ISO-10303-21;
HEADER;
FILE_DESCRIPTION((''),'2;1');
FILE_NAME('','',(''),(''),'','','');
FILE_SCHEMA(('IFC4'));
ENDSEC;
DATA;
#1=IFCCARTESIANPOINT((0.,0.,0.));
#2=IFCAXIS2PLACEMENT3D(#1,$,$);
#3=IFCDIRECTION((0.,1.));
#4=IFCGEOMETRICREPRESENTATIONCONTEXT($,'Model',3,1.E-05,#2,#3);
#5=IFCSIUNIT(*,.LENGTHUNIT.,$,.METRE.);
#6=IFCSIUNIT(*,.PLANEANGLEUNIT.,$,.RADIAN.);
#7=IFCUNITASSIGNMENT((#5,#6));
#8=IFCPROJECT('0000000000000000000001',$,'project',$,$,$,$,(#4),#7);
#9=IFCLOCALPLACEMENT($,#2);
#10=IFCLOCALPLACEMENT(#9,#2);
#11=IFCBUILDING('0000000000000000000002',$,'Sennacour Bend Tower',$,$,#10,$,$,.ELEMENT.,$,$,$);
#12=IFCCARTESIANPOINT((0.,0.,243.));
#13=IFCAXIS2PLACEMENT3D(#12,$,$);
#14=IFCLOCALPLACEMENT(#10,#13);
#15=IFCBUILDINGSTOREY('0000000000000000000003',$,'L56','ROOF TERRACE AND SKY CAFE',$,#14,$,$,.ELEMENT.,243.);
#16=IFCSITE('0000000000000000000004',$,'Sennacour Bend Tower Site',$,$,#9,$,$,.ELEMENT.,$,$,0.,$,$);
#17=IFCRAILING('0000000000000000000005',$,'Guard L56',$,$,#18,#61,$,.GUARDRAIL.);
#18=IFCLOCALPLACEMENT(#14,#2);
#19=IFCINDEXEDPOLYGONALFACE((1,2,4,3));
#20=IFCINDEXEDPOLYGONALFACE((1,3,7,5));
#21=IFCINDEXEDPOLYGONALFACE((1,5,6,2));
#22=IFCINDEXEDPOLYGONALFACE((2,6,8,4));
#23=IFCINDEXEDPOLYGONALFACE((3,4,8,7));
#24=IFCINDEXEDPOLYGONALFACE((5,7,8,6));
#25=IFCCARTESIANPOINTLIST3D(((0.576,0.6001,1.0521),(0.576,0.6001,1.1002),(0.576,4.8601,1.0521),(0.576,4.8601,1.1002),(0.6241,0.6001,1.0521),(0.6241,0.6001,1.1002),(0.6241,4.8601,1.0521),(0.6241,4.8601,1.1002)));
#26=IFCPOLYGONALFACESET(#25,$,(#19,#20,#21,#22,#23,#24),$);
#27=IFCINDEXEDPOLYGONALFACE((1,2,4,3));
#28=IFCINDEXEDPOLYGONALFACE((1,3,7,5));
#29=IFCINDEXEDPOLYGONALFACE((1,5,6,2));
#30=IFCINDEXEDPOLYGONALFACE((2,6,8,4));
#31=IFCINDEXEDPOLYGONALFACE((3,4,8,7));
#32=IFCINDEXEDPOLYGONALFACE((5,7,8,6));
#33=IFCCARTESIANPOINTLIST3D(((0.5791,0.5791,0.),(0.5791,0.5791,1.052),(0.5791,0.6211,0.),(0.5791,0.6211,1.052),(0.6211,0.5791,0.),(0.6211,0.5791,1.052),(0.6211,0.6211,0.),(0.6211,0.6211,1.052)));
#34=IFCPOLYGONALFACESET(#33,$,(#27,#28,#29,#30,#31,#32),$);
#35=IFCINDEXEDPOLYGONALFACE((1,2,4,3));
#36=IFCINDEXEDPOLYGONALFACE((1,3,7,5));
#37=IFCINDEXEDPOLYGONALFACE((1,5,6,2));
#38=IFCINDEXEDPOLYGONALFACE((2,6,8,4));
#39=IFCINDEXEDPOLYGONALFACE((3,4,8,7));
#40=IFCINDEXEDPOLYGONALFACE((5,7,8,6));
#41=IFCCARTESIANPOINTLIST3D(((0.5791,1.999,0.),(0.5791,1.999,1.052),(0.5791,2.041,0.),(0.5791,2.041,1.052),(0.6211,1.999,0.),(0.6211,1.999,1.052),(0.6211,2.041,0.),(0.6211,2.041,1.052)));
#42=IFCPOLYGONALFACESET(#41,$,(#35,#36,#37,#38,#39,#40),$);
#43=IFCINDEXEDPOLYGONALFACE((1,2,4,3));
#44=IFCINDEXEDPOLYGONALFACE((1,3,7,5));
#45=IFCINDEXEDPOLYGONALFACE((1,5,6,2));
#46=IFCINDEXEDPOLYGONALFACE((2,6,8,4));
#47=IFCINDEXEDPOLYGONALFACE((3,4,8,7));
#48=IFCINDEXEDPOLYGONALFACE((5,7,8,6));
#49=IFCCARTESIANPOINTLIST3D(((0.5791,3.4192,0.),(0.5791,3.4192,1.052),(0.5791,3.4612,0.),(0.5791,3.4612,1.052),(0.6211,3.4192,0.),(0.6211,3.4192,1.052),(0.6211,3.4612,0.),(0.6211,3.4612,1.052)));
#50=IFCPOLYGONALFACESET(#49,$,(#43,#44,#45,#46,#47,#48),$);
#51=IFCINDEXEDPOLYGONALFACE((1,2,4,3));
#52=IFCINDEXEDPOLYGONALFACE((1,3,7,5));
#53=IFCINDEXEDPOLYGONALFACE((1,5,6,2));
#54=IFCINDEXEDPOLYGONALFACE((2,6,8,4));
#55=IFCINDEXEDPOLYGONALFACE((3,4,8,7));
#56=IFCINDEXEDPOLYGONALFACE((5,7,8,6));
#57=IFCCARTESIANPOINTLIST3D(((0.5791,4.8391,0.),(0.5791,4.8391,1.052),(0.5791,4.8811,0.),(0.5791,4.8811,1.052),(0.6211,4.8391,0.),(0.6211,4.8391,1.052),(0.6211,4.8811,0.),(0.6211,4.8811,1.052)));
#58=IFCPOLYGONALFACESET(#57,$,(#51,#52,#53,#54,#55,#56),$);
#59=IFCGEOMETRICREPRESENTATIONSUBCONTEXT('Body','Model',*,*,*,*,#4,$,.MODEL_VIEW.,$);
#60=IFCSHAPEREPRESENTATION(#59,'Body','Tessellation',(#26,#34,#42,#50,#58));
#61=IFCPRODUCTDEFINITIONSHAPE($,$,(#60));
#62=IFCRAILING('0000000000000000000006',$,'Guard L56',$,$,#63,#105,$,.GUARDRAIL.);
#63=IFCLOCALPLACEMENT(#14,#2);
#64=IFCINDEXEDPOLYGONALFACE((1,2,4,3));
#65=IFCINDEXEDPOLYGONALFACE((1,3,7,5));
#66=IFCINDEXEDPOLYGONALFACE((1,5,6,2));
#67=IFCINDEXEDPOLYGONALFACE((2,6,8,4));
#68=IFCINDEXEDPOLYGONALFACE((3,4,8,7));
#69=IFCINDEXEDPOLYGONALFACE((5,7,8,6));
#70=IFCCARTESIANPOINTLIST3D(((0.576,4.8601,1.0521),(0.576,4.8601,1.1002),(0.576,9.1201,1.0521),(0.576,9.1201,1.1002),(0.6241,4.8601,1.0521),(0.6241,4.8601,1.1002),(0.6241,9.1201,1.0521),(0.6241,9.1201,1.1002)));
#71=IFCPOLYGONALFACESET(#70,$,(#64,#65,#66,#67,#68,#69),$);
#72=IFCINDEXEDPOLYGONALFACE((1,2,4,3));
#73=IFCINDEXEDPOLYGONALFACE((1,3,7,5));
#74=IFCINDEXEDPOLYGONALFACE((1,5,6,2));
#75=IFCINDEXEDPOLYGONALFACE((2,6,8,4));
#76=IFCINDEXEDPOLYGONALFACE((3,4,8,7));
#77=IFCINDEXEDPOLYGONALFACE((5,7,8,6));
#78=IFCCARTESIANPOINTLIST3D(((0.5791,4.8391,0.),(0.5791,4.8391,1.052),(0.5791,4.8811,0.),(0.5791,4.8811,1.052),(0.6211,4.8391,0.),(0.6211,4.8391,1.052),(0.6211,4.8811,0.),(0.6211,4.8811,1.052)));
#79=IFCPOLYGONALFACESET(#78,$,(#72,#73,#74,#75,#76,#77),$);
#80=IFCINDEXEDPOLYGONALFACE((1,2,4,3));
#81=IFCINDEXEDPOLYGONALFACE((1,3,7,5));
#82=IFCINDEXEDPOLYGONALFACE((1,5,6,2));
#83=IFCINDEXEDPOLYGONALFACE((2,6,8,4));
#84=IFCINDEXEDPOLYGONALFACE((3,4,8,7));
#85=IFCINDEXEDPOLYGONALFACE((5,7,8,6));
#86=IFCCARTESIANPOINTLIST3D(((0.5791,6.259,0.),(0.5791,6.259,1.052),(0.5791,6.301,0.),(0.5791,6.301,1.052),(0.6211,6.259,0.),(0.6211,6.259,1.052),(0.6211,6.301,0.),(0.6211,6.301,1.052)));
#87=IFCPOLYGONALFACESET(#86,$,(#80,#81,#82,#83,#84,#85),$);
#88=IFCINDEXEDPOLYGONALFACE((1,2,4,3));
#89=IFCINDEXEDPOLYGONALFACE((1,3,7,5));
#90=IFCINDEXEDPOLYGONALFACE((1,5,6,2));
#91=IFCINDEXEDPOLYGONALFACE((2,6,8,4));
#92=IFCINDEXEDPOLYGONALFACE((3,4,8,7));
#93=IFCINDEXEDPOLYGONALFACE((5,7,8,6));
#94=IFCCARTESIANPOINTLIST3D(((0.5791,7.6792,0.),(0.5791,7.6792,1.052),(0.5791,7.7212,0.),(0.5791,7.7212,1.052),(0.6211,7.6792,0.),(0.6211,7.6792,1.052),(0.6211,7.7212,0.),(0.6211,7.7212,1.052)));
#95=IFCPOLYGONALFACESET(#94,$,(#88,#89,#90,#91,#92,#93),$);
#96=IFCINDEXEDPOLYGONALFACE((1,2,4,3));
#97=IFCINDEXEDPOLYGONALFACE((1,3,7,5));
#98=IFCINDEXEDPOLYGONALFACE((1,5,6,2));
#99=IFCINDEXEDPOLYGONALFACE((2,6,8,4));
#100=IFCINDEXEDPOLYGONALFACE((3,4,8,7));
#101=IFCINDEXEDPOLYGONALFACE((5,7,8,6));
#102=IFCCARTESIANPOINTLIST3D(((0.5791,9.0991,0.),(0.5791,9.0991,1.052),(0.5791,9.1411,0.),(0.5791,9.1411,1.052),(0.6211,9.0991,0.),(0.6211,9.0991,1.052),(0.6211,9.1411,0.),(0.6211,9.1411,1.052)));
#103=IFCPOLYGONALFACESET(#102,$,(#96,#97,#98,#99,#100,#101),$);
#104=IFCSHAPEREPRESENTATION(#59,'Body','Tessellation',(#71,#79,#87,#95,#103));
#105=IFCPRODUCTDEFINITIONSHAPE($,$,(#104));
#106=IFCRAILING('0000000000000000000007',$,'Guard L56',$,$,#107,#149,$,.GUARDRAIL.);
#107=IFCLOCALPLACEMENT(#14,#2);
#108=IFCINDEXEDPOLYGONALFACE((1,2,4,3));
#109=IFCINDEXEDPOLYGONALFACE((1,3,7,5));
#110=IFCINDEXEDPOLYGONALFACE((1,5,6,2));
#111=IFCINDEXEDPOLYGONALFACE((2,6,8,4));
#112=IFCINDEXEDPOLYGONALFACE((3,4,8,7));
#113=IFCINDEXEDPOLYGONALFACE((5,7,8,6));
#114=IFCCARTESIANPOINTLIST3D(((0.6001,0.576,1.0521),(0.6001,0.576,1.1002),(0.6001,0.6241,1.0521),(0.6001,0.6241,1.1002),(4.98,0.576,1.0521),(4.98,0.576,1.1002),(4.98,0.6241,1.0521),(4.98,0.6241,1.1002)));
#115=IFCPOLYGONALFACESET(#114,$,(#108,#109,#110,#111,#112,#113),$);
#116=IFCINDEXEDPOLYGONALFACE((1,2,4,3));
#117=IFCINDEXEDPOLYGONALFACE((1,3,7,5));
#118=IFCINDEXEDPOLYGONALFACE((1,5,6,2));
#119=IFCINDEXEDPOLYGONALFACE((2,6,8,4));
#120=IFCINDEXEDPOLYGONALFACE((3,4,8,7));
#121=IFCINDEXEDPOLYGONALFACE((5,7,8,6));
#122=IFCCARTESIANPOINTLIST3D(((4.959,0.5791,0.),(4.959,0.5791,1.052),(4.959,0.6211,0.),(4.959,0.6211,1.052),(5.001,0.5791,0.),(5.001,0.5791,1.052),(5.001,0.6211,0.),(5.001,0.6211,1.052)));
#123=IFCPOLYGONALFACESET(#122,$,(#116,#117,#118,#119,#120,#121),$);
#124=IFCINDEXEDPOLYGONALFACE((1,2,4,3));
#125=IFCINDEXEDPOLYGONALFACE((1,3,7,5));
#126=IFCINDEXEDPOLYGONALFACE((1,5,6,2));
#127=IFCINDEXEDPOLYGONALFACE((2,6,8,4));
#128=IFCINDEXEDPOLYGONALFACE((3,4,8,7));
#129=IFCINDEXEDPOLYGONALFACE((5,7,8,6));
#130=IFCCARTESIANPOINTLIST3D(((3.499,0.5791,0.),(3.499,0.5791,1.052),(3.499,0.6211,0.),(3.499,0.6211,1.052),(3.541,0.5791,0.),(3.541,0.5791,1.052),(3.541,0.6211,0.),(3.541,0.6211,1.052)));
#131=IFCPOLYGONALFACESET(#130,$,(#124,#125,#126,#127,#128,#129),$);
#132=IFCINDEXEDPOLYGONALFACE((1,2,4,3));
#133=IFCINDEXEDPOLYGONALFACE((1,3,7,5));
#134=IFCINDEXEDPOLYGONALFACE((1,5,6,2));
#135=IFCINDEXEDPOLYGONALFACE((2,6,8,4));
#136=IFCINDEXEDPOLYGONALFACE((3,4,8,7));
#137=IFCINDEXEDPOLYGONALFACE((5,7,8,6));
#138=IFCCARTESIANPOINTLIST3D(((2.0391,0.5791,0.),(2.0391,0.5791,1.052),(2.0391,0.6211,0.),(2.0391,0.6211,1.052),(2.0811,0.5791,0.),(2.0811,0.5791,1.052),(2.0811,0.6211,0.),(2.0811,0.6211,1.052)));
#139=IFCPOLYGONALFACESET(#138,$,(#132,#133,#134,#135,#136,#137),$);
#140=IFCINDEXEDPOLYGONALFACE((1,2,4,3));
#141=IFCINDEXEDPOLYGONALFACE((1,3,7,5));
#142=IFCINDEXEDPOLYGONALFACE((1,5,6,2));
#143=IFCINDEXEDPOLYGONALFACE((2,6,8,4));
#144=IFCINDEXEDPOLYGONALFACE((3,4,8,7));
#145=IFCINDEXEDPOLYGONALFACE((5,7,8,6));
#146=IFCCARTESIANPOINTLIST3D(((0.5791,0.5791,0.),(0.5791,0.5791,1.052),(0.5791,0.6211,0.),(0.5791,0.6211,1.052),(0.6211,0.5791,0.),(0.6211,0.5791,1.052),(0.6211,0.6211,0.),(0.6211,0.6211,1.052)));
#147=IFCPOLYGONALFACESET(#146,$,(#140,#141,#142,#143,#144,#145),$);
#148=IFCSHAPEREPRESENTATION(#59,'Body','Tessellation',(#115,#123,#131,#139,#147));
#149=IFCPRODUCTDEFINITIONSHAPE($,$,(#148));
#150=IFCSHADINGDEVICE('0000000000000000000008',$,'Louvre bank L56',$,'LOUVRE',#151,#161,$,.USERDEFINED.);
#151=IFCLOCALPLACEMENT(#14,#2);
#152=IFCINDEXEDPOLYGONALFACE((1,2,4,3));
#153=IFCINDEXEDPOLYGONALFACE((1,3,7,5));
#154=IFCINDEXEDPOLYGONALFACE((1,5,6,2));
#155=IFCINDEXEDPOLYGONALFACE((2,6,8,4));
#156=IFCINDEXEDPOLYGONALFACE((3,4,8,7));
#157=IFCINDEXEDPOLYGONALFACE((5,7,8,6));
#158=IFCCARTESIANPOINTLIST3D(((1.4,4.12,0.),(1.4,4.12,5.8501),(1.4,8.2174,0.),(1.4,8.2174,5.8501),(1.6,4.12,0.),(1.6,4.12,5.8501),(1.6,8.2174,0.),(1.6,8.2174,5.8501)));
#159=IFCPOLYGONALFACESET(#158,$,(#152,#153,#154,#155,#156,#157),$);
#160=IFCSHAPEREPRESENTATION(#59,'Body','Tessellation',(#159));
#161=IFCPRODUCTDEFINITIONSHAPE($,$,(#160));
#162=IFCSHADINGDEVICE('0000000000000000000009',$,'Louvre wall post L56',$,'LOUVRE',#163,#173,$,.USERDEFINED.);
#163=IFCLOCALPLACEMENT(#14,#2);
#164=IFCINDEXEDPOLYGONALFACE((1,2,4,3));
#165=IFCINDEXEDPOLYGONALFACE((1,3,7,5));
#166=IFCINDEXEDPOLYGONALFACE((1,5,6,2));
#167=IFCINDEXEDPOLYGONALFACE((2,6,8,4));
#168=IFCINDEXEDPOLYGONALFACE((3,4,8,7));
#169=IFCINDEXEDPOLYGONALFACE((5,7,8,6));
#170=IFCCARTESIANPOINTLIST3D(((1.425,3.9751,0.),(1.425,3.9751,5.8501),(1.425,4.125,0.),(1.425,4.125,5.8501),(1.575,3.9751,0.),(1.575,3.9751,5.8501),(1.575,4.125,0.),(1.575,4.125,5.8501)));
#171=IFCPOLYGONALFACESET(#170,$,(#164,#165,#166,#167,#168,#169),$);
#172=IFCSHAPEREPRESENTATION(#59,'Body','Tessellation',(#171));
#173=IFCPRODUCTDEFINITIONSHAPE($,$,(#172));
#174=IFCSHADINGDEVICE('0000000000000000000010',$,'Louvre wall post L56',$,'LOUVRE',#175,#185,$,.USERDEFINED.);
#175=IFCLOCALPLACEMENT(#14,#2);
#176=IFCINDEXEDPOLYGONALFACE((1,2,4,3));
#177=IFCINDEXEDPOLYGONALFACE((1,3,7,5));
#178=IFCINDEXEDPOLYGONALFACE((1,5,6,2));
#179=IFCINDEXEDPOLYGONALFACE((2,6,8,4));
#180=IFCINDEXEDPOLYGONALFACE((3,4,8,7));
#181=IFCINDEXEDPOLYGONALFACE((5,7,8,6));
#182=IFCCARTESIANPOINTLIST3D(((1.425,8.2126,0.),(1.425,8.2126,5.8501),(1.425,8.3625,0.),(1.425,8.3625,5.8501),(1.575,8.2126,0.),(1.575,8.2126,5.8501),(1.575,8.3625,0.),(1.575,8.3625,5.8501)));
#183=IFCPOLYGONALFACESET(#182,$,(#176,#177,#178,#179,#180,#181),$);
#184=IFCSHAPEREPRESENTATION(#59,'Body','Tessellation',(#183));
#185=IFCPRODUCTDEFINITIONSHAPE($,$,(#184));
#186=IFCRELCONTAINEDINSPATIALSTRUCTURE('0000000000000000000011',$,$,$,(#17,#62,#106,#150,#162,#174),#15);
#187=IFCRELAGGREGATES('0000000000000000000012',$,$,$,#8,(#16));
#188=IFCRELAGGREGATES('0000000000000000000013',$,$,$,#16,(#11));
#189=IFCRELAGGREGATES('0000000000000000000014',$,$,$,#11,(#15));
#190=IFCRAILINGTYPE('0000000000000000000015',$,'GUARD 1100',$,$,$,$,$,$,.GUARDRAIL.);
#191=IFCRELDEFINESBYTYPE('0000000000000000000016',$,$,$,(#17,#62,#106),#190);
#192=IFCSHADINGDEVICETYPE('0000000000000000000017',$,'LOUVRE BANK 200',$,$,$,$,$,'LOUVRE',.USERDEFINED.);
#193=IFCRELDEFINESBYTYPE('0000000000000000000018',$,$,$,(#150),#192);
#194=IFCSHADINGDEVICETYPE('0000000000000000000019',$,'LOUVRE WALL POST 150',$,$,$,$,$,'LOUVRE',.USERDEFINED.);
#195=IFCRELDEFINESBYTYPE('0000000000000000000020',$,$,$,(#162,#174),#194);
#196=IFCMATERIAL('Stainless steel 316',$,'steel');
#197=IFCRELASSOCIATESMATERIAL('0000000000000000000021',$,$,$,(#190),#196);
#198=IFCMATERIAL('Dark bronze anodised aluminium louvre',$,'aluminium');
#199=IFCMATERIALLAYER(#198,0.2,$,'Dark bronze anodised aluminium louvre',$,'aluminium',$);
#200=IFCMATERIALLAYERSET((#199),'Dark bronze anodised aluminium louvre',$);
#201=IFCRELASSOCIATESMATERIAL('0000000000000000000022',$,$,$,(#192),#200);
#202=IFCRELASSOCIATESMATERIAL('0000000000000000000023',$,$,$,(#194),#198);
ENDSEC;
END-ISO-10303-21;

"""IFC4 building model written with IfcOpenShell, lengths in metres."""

from ifc_helpers import new_model, si_unit, direction, frame, origin, origin_2d, place, context, subcontext, project, spatial, rectangle, extrude, material, layer, layer_set, type_object, element, save


model = new_model("IFC4")

# Units and contexts
model_context = context("Model", 3, precision=1e-05, world=origin(), true_north=direction((0.0, 1.0)))
body_context = subcontext(model_context, "Body", "Model", "MODEL_VIEW")
ifc_project = project(units=[si_unit("LENGTHUNIT", "METRE"), si_unit("PLANEANGLEUNIT", "RADIAN")], contexts=[model_context])

# Site, building, storey
site_placement = place(None, origin())
site = spatial("IfcSite", under=ifc_project, at=site_placement, Name="Sennacour Bend Tower Site", CompositionType="ELEMENT", RefElevation=0.0)
building_placement = place(site_placement, origin())
building = spatial("IfcBuilding", under=site, at=building_placement, Name="Sennacour Bend Tower", CompositionType="ELEMENT")
storey_placement = place(building_placement, frame((0.0, 0.0, 243.0)))
storey = spatial("IfcBuildingStorey", under=building, at=storey_placement, Name="L56", Description="ROOF TERRACE AND SKY CAFE", CompositionType="ELEMENT", Elevation=243.0)

# Railings
ifc_material_1 = material(Name="Stainless steel 316", Category="steel")
railing_type_1 = type_object("IfcRailingType", Name="GUARD 1100", PredefinedType="GUARDRAIL", material=ifc_material_1)
for number, where, name in (
    (1, (0.6001, 0.6001, 0.0), "Guard L56"),
    (2, (0.6001, 4.8601, 0.0), "Guard L56"),
):
    element("IfcRailing", number, at=place(storey_placement, frame(where)), inside=storey, type_object=railing_type_1, Name=name, PredefinedType="GUARDRAIL", context=body_context, shape_type="SweptSolid", body=[
        extrude(rectangle(XDim=0.0481, YDim=0.0481, at=origin_2d()), frame((0.0, 0.0, 1.0762), z_axis=(0.0, 1.0, 0.0), x_axis=(-1.0, 0.0, 0.0)), (0.0, 0.0, 1.0), 4.26),
        extrude(rectangle(XDim=0.042, YDim=0.042, at=origin_2d()), origin(), (0.0, 0.0, 1.0), 1.052),
        extrude(rectangle(XDim=0.042, YDim=0.042, at=origin_2d()), frame((0.0, 1.4199, 0.0)), (0.0, 0.0, 1.0), 1.052),
        extrude(rectangle(XDim=0.042, YDim=0.042, at=origin_2d()), frame((0.0, 2.8401, 0.0)), (0.0, 0.0, 1.0), 1.052),
        extrude(rectangle(XDim=0.042, YDim=0.042, at=origin_2d()), frame((0.0, 4.26, 0.0)), (0.0, 0.0, 1.0), 1.052),
    ])
railing_1_placement = place(storey_placement, frame((4.98, 0.6001, 0.0)))
element("IfcRailing", 3, at=railing_1_placement, inside=storey, type_object=railing_type_1, Name="Guard L56", PredefinedType="GUARDRAIL", context=body_context, shape_type="SweptSolid", body=[
    extrude(rectangle(XDim=0.0481, YDim=0.0481, at=origin_2d()), frame((0.0, 0.0, 1.0762), z_axis=(-1.0, 0.0, 0.0), x_axis=(0.0, -1.0, 0.0)), (0.0, 0.0, 1.0), 4.3799),
    extrude(rectangle(XDim=0.042, YDim=0.042, at=origin_2d()), origin(), (0.0, 0.0, 1.0), 1.052),
    extrude(rectangle(XDim=0.042, YDim=0.042, at=origin_2d()), frame((-1.46, 0.0, 0.0)), (0.0, 0.0, 1.0), 1.052),
    extrude(rectangle(XDim=0.042, YDim=0.042, at=origin_2d()), frame((-2.9199, 0.0, 0.0)), (0.0, 0.0, 1.0), 1.052),
    extrude(rectangle(XDim=0.042, YDim=0.042, at=origin_2d()), frame((-4.3799, 0.0, 0.0)), (0.0, 0.0, 1.0), 1.052),
])

# Shading devices
ifc_material_2 = material(Name="Dark bronze anodised aluminium louvre", Category="aluminium")
ifc_layer_1 = layer(ifc_material_2, 0.2, Name="Dark bronze anodised aluminium louvre", Category="aluminium")
ifc_layer_set_1 = layer_set([ifc_layer_1], Name="Dark bronze anodised aluminium louvre")
shading_device_type_1 = type_object("IfcShadingDeviceType", Name="LOUVRE BANK 200", ElementType="LOUVRE", PredefinedType="USERDEFINED", material=ifc_layer_set_1)
shading_device_placement = place(storey_placement, frame((1.5, 6.1687, 0.0), z_axis=(0.0, 0.0, 1.0), x_axis=(0.0, 1.0, 0.0)))
element("IfcShadingDevice", 4, at=shading_device_placement, inside=storey, type_object=shading_device_type_1, Name="Louvre bank L56", ObjectType="LOUVRE", PredefinedType="USERDEFINED", context=body_context, shape_type="SweptSolid", body=[
    extrude(rectangle(XDim=4.0974, YDim=0.2, at=origin_2d()), origin(), (0.0, 0.0, 1.0), 5.8501),
])
shading_device_type_2 = type_object("IfcShadingDeviceType", Name="LOUVRE WALL POST 150", ElementType="LOUVRE", PredefinedType="USERDEFINED", material=ifc_material_2)
for number, where, z_axis, x_axis, name in (
    (5, (1.5, 4.05, 0.0), (0.0, 0.0, 1.0), (1.0, 0.0, 0.0), "Louvre wall post L56"),
    (6, (1.5, 8.2876, 0.0), (0.0, 0.0, 1.0), (1.0, 0.0, 0.0), "Louvre wall post L56"),
):
    element("IfcShadingDevice", number, at=place(storey_placement, frame(where, z_axis=z_axis, x_axis=x_axis)), inside=storey, type_object=shading_device_type_2, Name=name, ObjectType="LOUVRE", PredefinedType="USERDEFINED", context=body_context, shape_type="SweptSolid", body=[
        extrude(rectangle(XDim=0.1499, YDim=0.1499, at=origin_2d()), origin(), (0.0, 0.0, 1.0), 5.8501),
    ])

save(model, "model.ifc")
